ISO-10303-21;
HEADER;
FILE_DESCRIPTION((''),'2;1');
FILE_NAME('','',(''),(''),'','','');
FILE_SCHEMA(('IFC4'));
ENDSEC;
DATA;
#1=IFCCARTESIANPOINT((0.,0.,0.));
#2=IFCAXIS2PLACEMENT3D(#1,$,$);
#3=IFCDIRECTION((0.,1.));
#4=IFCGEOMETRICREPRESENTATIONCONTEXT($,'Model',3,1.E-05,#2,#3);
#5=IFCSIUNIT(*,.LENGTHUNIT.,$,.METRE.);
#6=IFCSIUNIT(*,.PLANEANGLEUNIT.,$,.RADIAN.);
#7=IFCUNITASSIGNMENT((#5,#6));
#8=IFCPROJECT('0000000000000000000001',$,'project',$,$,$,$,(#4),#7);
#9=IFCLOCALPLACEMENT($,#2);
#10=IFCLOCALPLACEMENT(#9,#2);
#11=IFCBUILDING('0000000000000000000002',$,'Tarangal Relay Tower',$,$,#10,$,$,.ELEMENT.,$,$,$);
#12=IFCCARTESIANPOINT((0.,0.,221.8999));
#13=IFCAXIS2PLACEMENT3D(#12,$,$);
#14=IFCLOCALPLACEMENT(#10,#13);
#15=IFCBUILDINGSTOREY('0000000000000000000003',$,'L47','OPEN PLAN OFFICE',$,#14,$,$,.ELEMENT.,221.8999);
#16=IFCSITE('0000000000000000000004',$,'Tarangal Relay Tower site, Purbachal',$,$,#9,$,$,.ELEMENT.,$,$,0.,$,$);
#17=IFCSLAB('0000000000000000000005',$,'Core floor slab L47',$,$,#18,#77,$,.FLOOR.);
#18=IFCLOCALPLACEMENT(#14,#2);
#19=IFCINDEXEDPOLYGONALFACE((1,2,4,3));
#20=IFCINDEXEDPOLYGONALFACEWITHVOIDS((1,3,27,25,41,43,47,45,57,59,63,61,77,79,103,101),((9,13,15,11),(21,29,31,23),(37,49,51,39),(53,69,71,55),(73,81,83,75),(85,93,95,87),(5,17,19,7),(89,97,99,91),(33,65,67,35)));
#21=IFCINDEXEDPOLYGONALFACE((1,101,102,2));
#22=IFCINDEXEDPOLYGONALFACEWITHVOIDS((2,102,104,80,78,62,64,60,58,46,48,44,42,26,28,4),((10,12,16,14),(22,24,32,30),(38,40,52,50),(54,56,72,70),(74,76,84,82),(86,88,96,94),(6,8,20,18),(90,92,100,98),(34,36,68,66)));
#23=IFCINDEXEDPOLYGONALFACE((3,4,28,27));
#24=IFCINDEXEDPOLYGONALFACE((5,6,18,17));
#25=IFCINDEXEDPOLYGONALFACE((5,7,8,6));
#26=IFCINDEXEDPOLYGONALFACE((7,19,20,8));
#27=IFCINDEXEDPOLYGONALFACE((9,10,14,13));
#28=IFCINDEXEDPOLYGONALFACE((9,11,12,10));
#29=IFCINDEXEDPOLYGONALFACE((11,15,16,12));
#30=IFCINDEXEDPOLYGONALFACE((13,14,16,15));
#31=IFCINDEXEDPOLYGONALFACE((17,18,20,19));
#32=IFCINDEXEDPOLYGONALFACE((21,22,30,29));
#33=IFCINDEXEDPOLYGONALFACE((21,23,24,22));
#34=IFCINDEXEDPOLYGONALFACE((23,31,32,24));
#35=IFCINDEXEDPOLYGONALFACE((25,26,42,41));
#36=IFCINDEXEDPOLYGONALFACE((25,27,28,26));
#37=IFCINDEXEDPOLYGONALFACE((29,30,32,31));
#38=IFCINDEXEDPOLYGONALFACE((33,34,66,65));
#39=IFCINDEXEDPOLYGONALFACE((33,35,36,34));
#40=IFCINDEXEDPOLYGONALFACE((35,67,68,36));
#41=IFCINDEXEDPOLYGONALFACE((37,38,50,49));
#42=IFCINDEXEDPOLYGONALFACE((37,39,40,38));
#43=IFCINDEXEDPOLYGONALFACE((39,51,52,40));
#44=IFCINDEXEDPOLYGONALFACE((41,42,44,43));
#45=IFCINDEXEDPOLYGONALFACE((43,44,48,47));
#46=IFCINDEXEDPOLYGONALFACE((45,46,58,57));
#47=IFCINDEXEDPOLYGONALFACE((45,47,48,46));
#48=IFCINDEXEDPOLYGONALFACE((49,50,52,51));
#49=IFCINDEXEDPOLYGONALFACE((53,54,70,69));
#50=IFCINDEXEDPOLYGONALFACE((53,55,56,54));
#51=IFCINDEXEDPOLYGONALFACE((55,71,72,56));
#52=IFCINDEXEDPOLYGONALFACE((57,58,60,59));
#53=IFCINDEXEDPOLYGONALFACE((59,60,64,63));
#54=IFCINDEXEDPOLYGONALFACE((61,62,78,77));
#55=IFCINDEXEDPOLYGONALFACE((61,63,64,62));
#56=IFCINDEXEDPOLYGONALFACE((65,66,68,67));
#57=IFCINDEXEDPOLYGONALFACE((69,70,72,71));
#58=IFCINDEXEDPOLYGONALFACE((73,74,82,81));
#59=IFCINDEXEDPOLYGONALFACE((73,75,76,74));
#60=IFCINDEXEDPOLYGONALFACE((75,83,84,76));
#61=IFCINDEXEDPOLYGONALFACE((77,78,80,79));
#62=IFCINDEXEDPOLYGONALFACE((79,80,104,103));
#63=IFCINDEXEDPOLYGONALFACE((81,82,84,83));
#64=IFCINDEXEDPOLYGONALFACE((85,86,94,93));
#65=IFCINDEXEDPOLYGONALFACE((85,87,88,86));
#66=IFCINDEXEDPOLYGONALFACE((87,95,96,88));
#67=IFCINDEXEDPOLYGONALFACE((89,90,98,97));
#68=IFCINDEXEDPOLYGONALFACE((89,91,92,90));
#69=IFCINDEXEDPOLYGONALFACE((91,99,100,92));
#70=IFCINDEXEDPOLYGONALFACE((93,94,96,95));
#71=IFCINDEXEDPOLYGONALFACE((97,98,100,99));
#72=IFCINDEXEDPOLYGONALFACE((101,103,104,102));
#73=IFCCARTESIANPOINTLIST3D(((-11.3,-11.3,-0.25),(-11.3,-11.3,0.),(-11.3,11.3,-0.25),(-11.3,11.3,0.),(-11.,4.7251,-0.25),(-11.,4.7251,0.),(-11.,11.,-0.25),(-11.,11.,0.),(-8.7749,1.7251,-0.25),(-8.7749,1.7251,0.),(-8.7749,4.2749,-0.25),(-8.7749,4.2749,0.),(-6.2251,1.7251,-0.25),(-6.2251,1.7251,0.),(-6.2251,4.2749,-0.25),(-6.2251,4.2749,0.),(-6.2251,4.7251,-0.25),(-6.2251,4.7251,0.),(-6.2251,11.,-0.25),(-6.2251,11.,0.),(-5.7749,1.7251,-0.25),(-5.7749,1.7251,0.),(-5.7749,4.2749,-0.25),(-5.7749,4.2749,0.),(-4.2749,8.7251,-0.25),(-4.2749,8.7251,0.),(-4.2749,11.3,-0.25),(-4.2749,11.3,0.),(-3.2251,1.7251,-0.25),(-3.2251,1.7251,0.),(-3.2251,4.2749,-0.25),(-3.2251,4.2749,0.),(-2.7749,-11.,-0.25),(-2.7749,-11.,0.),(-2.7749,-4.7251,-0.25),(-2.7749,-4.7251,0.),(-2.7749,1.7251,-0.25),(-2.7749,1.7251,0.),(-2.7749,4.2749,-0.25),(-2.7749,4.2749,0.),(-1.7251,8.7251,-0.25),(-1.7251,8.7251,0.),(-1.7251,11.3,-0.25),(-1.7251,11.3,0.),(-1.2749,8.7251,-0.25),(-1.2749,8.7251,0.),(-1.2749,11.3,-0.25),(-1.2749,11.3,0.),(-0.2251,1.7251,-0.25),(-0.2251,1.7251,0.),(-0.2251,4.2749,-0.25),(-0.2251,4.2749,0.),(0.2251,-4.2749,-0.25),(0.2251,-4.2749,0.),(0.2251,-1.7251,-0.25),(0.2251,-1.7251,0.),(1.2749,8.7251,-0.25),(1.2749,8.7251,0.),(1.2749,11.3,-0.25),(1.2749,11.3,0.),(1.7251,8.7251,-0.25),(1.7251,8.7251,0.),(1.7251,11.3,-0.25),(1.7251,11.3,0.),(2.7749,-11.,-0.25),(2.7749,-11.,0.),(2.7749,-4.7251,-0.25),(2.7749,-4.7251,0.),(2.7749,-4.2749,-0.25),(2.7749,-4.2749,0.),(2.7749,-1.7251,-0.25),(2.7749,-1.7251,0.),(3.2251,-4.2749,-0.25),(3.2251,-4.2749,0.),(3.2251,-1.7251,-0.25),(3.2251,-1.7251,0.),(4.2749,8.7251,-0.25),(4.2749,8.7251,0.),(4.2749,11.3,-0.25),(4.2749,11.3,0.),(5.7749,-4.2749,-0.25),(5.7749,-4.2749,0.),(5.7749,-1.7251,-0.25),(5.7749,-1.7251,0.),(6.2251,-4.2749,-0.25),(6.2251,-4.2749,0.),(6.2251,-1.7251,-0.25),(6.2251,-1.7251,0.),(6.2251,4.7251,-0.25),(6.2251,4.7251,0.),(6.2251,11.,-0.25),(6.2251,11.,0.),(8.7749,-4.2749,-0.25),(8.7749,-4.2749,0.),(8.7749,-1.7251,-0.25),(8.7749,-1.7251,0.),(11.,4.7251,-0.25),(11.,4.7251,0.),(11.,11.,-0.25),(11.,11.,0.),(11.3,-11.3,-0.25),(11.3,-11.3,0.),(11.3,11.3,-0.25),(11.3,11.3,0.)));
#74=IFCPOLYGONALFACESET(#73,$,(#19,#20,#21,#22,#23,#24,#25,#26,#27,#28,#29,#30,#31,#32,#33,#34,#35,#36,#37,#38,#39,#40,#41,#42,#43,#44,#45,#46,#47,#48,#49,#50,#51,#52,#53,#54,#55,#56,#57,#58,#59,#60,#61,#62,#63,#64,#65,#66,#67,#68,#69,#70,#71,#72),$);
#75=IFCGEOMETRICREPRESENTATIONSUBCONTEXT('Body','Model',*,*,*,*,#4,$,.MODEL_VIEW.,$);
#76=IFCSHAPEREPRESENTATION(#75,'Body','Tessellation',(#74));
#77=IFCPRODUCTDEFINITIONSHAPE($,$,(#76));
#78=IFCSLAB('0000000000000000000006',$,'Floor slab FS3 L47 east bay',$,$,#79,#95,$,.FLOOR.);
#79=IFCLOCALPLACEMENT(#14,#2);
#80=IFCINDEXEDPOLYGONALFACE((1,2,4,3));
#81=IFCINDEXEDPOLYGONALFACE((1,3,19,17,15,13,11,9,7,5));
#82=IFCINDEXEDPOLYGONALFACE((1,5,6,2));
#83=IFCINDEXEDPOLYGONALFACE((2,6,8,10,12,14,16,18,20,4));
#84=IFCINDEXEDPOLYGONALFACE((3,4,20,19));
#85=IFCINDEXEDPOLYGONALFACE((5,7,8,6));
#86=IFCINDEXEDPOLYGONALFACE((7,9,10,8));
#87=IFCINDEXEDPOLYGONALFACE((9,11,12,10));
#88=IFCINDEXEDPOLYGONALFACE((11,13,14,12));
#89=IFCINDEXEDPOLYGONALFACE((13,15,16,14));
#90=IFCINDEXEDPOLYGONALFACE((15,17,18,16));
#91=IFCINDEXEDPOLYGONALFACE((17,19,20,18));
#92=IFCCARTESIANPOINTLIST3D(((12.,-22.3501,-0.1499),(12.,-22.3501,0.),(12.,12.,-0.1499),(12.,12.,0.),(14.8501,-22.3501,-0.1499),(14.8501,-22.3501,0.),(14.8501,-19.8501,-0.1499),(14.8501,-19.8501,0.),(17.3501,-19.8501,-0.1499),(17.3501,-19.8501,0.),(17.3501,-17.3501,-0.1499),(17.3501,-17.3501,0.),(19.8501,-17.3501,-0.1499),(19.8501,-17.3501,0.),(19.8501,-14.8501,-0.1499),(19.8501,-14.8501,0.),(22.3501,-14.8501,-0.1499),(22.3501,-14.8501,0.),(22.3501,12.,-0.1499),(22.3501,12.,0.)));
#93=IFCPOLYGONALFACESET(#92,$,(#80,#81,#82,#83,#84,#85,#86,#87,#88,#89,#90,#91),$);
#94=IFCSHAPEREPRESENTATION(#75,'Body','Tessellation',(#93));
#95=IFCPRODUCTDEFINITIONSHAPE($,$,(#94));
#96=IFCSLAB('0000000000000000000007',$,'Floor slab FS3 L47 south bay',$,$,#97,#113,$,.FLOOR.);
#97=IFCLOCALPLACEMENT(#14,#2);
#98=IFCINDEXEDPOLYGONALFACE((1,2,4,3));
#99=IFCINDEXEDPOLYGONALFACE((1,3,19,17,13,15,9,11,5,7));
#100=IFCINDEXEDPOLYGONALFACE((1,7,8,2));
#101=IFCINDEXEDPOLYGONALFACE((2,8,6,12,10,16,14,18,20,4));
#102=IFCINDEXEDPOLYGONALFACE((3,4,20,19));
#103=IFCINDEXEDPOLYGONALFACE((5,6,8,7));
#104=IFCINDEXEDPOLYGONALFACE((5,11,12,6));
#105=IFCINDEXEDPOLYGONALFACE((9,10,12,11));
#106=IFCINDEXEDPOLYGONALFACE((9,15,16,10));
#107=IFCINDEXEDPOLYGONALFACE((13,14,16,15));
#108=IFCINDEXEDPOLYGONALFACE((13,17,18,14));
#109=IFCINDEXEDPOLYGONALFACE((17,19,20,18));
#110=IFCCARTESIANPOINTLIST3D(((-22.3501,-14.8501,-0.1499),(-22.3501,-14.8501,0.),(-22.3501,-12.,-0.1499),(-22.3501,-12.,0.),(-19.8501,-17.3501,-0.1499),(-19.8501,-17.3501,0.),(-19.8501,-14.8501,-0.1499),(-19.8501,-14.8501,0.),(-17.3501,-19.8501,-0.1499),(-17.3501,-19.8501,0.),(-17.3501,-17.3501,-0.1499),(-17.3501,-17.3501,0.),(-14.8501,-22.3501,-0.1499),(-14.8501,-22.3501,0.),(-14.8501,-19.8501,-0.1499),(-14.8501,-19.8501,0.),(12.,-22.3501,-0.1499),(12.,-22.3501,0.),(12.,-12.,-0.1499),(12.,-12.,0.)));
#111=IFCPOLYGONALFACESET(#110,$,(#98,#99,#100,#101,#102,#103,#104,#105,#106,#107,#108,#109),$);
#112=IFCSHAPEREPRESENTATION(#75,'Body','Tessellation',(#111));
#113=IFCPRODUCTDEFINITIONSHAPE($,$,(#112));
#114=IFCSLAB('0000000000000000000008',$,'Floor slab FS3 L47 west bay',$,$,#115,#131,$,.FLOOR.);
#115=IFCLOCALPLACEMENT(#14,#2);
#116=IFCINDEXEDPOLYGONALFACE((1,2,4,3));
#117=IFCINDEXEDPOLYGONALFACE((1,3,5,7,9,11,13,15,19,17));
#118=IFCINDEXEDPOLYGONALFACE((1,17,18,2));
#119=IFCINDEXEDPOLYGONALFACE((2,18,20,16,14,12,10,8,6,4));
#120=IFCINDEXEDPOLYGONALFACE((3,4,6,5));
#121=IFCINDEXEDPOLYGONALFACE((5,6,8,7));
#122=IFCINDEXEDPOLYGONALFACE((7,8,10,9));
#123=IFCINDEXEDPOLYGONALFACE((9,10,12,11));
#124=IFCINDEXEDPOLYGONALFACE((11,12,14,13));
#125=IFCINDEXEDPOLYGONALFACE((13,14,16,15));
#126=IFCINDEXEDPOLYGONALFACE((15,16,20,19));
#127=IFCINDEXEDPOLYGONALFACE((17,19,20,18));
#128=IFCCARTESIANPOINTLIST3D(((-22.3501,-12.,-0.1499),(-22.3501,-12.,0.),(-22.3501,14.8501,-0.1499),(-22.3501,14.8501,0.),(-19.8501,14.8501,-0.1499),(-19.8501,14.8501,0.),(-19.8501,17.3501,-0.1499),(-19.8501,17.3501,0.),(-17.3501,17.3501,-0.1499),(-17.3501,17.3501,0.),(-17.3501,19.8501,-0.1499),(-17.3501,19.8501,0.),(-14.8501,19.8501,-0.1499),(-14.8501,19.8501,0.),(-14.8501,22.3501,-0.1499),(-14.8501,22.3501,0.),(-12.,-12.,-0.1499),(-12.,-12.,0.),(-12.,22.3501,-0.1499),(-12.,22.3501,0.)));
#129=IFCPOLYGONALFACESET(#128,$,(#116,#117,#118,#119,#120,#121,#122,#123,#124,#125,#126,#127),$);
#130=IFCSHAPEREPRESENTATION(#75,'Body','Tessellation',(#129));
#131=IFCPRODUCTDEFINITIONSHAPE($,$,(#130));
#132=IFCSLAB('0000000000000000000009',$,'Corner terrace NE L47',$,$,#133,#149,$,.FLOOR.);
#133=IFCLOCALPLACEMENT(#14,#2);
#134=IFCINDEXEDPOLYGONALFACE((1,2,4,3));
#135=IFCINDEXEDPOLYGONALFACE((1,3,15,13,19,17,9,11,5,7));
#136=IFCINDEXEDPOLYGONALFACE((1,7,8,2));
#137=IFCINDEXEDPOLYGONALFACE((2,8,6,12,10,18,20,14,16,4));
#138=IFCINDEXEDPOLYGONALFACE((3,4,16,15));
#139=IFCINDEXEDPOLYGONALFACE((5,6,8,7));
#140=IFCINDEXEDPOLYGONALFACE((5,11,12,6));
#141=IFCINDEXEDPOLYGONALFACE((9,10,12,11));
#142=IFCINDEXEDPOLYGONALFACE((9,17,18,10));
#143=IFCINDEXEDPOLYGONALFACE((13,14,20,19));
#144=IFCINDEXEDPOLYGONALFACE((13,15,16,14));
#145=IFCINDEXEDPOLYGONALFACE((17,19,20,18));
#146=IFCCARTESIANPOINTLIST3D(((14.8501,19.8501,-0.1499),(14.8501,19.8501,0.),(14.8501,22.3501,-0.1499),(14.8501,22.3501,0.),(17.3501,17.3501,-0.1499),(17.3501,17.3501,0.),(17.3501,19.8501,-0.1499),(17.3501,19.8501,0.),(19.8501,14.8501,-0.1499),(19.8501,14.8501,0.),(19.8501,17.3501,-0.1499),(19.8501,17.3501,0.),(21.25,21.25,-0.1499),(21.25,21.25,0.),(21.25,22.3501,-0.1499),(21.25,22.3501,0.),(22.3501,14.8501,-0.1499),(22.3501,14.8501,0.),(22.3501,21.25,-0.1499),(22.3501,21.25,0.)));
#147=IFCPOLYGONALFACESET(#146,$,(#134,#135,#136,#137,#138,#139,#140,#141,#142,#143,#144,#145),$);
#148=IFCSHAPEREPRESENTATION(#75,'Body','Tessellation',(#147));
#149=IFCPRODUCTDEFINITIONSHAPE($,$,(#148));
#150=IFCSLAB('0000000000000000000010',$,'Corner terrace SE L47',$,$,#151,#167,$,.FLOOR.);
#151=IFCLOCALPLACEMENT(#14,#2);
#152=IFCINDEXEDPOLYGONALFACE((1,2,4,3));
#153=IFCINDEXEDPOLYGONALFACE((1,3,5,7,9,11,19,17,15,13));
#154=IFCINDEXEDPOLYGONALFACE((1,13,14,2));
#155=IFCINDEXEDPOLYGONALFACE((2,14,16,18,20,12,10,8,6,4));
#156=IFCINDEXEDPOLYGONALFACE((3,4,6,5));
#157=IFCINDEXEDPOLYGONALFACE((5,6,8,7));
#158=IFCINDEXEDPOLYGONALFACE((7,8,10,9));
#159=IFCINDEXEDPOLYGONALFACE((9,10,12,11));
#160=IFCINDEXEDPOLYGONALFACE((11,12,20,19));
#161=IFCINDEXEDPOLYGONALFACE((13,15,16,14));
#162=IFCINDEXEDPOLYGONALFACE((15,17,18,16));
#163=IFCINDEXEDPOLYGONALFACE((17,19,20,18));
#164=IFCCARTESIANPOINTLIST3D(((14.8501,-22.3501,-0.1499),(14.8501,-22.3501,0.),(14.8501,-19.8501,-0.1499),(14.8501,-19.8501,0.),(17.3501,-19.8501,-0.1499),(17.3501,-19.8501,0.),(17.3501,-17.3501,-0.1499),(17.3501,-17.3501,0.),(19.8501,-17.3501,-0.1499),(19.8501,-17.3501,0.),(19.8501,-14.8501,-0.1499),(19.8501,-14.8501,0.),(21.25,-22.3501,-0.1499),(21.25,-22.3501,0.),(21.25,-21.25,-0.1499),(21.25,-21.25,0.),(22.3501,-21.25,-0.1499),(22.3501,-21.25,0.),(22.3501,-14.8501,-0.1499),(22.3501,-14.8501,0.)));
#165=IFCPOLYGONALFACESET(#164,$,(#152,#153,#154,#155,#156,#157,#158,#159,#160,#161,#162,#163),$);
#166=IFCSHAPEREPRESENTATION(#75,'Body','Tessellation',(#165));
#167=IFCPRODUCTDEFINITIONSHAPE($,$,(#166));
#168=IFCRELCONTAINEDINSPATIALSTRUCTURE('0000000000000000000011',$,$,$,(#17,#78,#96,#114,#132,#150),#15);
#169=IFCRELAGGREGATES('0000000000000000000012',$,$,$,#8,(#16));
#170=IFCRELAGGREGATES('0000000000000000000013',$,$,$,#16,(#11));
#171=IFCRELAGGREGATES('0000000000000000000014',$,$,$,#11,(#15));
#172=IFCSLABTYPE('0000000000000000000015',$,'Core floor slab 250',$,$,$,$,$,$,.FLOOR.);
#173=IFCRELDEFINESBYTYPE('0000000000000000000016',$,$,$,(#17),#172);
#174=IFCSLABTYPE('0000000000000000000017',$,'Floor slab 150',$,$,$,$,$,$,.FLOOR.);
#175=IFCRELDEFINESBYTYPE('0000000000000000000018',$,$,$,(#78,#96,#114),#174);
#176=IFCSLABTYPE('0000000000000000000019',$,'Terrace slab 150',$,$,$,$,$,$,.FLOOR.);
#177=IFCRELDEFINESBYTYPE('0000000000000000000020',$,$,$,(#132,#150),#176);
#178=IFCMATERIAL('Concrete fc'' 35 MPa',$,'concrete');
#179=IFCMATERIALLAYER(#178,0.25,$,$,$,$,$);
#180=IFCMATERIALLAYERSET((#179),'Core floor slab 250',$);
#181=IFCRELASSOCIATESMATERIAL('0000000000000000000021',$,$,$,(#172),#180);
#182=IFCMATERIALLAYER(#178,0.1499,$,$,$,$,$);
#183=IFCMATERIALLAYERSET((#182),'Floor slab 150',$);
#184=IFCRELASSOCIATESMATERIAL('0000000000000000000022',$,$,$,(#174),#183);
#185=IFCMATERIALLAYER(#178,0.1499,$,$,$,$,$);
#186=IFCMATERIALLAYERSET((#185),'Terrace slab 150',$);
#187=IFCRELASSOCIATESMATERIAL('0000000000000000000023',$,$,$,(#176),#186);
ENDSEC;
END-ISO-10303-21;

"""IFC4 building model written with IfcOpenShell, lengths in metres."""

from ifc_helpers import new_model, si_unit, direction, frame, origin, place, context, subcontext, project, spatial, polyline, outline, extrude, material, layer, layer_set, type_object, element, save


model = new_model("IFC4")

# Units and contexts
model_context = context("Model", 3, precision=1e-05, world=origin(), true_north=direction((0.0, 1.0)))
body_context = subcontext(model_context, "Body", "Model", "MODEL_VIEW")
ifc_project = project(units=[si_unit("LENGTHUNIT", "METRE"), si_unit("PLANEANGLEUNIT", "RADIAN")], contexts=[model_context])

# Site, building, storey
site_placement = place(None, origin())
site = spatial("IfcSite", under=ifc_project, at=site_placement, Name="Tarangal Relay Tower site, Purbachal", CompositionType="ELEMENT", RefElevation=0.0)
building_placement = place(site_placement, origin())
building = spatial("IfcBuilding", under=site, at=building_placement, Name="Tarangal Relay Tower", CompositionType="ELEMENT")
storey_placement = place(building_placement, frame((0.0, 0.0, 221.8999)))
storey = spatial("IfcBuildingStorey", under=building, at=storey_placement, Name="L47", Description="OPEN PLAN OFFICE", CompositionType="ELEMENT", Elevation=221.8999)

# Slabs
ifc_material_1 = material(Name="Concrete fc' 35 MPa", Category="concrete")
ifc_layer_1 = layer(ifc_material_1, 0.25)
ifc_layer_set_1 = layer_set([ifc_layer_1], Name="Core floor slab 250")
slab_type_1 = type_object("IfcSlabType", Name="Core floor slab 250", PredefinedType="FLOOR", material=ifc_layer_set_1)
slab_1_placement = place(storey_placement, frame((0.0, 0.0, -0.25)))
element("IfcSlab", 1, at=slab_1_placement, inside=storey, type_object=slab_type_1, Name="Core floor slab L47", PredefinedType="FLOOR", context=body_context, shape_type="SweptSolid", body=[
    extrude(outline(polyline([(11.3, 11.3), (11.3, -11.3), (-11.3, -11.3), (-11.3, 11.3), (-4.2749, 11.3), (-4.2749, 8.7251), (-1.7251, 8.7251), (-1.7251, 11.3), (-1.2749, 11.3), (-1.2749, 8.7251), (1.2749, 8.7251), (1.2749, 11.3), (1.7251, 11.3), (1.7251, 8.7251), (4.2749, 8.7251), (4.2749, 11.3), (11.3, 11.3)]), holes=[polyline([(-6.2251, 4.2749), (-8.7749, 4.2749), (-8.7749, 1.7251), (-6.2251, 1.7251), (-6.2251, 4.2749)]), polyline([(-3.2251, 1.7251), (-3.2251, 4.2749), (-5.7749, 4.2749), (-5.7749, 1.7251), (-3.2251, 1.7251)]), polyline([(-0.2251, 1.7251), (-0.2251, 4.2749), (-2.7749, 4.2749), (-2.7749, 1.7251), (-0.2251, 1.7251)]), polyline([(-6.2251, 11.0), (-11.0, 11.0), (-11.0, 4.7251), (-6.2251, 4.7251), (-6.2251, 11.0)]), polyline([(2.7749, -4.7251), (-2.7749, -4.7251), (-2.7749, -11.0), (2.7749, -11.0), (2.7749, -4.7251)]), polyline([(2.7749, -4.2749), (2.7749, -1.7251), (0.2251, -1.7251), (0.2251, -4.2749), (2.7749, -4.2749)]), polyline([(5.7749, -4.2749), (5.7749, -1.7251), (3.2251, -1.7251), (3.2251, -4.2749), (5.7749, -4.2749)]), polyline([(8.7749, -1.7251), (6.2251, -1.7251), (6.2251, -4.2749), (8.7749, -4.2749), (8.7749, -1.7251)]), polyline([(11.0, 4.7251), (11.0, 11.0), (6.2251, 11.0), (6.2251, 4.7251), (11.0, 4.7251)])]), origin(), (0.0, 0.0, 1.0), 0.25),
])
ifc_layer_2 = layer(ifc_material_1, 0.1499)
ifc_layer_set_2 = layer_set([ifc_layer_2], Name="Floor slab 150")
slab_type_2 = type_object("IfcSlabType", Name="Floor slab 150", PredefinedType="FLOOR", material=ifc_layer_set_2)
slab_2_placement = place(storey_placement, frame((0.0, 0.0, -0.1499)))
element("IfcSlab", 2, at=slab_2_placement, inside=storey, type_object=slab_type_2, Name="Floor slab FS3 L47 east bay", PredefinedType="FLOOR", context=body_context, shape_type="SweptSolid", body=[
    extrude(outline(polyline([(22.3501, -14.8501), (19.8501, -14.8501), (19.8501, -17.3501), (17.3501, -17.3501), (17.3501, -19.8501), (14.8501, -19.8501), (14.8501, -22.3501), (12.0, -22.3501), (12.0, 12.0), (22.3501, 12.0), (22.3501, -14.8501)])), origin(), (0.0, 0.0, 1.0), 0.1499),
])
slab_3_placement = place(storey_placement, frame((0.0, 0.0, -0.1499)))
element("IfcSlab", 3, at=slab_3_placement, inside=storey, type_object=slab_type_2, Name="Floor slab FS3 L47 south bay", PredefinedType="FLOOR", context=body_context, shape_type="SweptSolid", body=[
    extrude(outline(polyline([(-14.8501, -22.3501), (-14.8501, -19.8501), (-17.3501, -19.8501), (-17.3501, -17.3501), (-19.8501, -17.3501), (-19.8501, -14.8501), (-22.3501, -14.8501), (-22.3501, -12.0), (12.0, -12.0), (12.0, -22.3501), (-14.8501, -22.3501)])), origin(), (0.0, 0.0, 1.0), 0.1499),
])
slab_4_placement = place(storey_placement, frame((0.0, 0.0, -0.1499)))
element("IfcSlab", 4, at=slab_4_placement, inside=storey, type_object=slab_type_2, Name="Floor slab FS3 L47 west bay", PredefinedType="FLOOR", context=body_context, shape_type="SweptSolid", body=[
    extrude(outline(polyline([(-12.0, 22.3501), (-12.0, -12.0), (-22.3501, -12.0), (-22.3501, 14.8501), (-19.8501, 14.8501), (-19.8501, 17.3501), (-17.3501, 17.3501), (-17.3501, 19.8501), (-14.8501, 19.8501), (-14.8501, 22.3501), (-12.0, 22.3501)])), origin(), (0.0, 0.0, 1.0), 0.1499),
])
ifc_layer_3 = layer(ifc_material_1, 0.1499)
ifc_layer_set_3 = layer_set([ifc_layer_3], Name="Terrace slab 150")
slab_type_3 = type_object("IfcSlabType", Name="Terrace slab 150", PredefinedType="FLOOR", material=ifc_layer_set_3)
slab_5_placement = place(storey_placement, frame((0.0, 0.0, -0.1499)))
element("IfcSlab", 5, at=slab_5_placement, inside=storey, type_object=slab_type_3, Name="Corner terrace NE L47", PredefinedType="FLOOR", context=body_context, shape_type="SweptSolid", body=[
    extrude(outline(polyline([(14.8501, 22.3501), (14.8501, 19.8501), (17.3501, 19.8501), (17.3501, 17.3501), (19.8501, 17.3501), (19.8501, 14.8501), (22.3501, 14.8501), (22.3501, 21.25), (21.25, 21.25), (21.25, 22.3501), (14.8501, 22.3501)])), origin(), (0.0, 0.0, 1.0), 0.1499),
])
slab_6_placement = place(storey_placement, frame((0.0, 0.0, -0.1499)))
element("IfcSlab", 6, at=slab_6_placement, inside=storey, type_object=slab_type_3, Name="Corner terrace SE L47", PredefinedType="FLOOR", context=body_context, shape_type="SweptSolid", body=[
    extrude(outline(polyline([(22.3501, -14.8501), (19.8501, -14.8501), (19.8501, -17.3501), (17.3501, -17.3501), (17.3501, -19.8501), (14.8501, -19.8501), (14.8501, -22.3501), (21.25, -22.3501), (21.25, -21.25), (22.3501, -21.25), (22.3501, -14.8501)])), origin(), (0.0, 0.0, 1.0), 0.1499),
])

save(model, "model.ifc")
